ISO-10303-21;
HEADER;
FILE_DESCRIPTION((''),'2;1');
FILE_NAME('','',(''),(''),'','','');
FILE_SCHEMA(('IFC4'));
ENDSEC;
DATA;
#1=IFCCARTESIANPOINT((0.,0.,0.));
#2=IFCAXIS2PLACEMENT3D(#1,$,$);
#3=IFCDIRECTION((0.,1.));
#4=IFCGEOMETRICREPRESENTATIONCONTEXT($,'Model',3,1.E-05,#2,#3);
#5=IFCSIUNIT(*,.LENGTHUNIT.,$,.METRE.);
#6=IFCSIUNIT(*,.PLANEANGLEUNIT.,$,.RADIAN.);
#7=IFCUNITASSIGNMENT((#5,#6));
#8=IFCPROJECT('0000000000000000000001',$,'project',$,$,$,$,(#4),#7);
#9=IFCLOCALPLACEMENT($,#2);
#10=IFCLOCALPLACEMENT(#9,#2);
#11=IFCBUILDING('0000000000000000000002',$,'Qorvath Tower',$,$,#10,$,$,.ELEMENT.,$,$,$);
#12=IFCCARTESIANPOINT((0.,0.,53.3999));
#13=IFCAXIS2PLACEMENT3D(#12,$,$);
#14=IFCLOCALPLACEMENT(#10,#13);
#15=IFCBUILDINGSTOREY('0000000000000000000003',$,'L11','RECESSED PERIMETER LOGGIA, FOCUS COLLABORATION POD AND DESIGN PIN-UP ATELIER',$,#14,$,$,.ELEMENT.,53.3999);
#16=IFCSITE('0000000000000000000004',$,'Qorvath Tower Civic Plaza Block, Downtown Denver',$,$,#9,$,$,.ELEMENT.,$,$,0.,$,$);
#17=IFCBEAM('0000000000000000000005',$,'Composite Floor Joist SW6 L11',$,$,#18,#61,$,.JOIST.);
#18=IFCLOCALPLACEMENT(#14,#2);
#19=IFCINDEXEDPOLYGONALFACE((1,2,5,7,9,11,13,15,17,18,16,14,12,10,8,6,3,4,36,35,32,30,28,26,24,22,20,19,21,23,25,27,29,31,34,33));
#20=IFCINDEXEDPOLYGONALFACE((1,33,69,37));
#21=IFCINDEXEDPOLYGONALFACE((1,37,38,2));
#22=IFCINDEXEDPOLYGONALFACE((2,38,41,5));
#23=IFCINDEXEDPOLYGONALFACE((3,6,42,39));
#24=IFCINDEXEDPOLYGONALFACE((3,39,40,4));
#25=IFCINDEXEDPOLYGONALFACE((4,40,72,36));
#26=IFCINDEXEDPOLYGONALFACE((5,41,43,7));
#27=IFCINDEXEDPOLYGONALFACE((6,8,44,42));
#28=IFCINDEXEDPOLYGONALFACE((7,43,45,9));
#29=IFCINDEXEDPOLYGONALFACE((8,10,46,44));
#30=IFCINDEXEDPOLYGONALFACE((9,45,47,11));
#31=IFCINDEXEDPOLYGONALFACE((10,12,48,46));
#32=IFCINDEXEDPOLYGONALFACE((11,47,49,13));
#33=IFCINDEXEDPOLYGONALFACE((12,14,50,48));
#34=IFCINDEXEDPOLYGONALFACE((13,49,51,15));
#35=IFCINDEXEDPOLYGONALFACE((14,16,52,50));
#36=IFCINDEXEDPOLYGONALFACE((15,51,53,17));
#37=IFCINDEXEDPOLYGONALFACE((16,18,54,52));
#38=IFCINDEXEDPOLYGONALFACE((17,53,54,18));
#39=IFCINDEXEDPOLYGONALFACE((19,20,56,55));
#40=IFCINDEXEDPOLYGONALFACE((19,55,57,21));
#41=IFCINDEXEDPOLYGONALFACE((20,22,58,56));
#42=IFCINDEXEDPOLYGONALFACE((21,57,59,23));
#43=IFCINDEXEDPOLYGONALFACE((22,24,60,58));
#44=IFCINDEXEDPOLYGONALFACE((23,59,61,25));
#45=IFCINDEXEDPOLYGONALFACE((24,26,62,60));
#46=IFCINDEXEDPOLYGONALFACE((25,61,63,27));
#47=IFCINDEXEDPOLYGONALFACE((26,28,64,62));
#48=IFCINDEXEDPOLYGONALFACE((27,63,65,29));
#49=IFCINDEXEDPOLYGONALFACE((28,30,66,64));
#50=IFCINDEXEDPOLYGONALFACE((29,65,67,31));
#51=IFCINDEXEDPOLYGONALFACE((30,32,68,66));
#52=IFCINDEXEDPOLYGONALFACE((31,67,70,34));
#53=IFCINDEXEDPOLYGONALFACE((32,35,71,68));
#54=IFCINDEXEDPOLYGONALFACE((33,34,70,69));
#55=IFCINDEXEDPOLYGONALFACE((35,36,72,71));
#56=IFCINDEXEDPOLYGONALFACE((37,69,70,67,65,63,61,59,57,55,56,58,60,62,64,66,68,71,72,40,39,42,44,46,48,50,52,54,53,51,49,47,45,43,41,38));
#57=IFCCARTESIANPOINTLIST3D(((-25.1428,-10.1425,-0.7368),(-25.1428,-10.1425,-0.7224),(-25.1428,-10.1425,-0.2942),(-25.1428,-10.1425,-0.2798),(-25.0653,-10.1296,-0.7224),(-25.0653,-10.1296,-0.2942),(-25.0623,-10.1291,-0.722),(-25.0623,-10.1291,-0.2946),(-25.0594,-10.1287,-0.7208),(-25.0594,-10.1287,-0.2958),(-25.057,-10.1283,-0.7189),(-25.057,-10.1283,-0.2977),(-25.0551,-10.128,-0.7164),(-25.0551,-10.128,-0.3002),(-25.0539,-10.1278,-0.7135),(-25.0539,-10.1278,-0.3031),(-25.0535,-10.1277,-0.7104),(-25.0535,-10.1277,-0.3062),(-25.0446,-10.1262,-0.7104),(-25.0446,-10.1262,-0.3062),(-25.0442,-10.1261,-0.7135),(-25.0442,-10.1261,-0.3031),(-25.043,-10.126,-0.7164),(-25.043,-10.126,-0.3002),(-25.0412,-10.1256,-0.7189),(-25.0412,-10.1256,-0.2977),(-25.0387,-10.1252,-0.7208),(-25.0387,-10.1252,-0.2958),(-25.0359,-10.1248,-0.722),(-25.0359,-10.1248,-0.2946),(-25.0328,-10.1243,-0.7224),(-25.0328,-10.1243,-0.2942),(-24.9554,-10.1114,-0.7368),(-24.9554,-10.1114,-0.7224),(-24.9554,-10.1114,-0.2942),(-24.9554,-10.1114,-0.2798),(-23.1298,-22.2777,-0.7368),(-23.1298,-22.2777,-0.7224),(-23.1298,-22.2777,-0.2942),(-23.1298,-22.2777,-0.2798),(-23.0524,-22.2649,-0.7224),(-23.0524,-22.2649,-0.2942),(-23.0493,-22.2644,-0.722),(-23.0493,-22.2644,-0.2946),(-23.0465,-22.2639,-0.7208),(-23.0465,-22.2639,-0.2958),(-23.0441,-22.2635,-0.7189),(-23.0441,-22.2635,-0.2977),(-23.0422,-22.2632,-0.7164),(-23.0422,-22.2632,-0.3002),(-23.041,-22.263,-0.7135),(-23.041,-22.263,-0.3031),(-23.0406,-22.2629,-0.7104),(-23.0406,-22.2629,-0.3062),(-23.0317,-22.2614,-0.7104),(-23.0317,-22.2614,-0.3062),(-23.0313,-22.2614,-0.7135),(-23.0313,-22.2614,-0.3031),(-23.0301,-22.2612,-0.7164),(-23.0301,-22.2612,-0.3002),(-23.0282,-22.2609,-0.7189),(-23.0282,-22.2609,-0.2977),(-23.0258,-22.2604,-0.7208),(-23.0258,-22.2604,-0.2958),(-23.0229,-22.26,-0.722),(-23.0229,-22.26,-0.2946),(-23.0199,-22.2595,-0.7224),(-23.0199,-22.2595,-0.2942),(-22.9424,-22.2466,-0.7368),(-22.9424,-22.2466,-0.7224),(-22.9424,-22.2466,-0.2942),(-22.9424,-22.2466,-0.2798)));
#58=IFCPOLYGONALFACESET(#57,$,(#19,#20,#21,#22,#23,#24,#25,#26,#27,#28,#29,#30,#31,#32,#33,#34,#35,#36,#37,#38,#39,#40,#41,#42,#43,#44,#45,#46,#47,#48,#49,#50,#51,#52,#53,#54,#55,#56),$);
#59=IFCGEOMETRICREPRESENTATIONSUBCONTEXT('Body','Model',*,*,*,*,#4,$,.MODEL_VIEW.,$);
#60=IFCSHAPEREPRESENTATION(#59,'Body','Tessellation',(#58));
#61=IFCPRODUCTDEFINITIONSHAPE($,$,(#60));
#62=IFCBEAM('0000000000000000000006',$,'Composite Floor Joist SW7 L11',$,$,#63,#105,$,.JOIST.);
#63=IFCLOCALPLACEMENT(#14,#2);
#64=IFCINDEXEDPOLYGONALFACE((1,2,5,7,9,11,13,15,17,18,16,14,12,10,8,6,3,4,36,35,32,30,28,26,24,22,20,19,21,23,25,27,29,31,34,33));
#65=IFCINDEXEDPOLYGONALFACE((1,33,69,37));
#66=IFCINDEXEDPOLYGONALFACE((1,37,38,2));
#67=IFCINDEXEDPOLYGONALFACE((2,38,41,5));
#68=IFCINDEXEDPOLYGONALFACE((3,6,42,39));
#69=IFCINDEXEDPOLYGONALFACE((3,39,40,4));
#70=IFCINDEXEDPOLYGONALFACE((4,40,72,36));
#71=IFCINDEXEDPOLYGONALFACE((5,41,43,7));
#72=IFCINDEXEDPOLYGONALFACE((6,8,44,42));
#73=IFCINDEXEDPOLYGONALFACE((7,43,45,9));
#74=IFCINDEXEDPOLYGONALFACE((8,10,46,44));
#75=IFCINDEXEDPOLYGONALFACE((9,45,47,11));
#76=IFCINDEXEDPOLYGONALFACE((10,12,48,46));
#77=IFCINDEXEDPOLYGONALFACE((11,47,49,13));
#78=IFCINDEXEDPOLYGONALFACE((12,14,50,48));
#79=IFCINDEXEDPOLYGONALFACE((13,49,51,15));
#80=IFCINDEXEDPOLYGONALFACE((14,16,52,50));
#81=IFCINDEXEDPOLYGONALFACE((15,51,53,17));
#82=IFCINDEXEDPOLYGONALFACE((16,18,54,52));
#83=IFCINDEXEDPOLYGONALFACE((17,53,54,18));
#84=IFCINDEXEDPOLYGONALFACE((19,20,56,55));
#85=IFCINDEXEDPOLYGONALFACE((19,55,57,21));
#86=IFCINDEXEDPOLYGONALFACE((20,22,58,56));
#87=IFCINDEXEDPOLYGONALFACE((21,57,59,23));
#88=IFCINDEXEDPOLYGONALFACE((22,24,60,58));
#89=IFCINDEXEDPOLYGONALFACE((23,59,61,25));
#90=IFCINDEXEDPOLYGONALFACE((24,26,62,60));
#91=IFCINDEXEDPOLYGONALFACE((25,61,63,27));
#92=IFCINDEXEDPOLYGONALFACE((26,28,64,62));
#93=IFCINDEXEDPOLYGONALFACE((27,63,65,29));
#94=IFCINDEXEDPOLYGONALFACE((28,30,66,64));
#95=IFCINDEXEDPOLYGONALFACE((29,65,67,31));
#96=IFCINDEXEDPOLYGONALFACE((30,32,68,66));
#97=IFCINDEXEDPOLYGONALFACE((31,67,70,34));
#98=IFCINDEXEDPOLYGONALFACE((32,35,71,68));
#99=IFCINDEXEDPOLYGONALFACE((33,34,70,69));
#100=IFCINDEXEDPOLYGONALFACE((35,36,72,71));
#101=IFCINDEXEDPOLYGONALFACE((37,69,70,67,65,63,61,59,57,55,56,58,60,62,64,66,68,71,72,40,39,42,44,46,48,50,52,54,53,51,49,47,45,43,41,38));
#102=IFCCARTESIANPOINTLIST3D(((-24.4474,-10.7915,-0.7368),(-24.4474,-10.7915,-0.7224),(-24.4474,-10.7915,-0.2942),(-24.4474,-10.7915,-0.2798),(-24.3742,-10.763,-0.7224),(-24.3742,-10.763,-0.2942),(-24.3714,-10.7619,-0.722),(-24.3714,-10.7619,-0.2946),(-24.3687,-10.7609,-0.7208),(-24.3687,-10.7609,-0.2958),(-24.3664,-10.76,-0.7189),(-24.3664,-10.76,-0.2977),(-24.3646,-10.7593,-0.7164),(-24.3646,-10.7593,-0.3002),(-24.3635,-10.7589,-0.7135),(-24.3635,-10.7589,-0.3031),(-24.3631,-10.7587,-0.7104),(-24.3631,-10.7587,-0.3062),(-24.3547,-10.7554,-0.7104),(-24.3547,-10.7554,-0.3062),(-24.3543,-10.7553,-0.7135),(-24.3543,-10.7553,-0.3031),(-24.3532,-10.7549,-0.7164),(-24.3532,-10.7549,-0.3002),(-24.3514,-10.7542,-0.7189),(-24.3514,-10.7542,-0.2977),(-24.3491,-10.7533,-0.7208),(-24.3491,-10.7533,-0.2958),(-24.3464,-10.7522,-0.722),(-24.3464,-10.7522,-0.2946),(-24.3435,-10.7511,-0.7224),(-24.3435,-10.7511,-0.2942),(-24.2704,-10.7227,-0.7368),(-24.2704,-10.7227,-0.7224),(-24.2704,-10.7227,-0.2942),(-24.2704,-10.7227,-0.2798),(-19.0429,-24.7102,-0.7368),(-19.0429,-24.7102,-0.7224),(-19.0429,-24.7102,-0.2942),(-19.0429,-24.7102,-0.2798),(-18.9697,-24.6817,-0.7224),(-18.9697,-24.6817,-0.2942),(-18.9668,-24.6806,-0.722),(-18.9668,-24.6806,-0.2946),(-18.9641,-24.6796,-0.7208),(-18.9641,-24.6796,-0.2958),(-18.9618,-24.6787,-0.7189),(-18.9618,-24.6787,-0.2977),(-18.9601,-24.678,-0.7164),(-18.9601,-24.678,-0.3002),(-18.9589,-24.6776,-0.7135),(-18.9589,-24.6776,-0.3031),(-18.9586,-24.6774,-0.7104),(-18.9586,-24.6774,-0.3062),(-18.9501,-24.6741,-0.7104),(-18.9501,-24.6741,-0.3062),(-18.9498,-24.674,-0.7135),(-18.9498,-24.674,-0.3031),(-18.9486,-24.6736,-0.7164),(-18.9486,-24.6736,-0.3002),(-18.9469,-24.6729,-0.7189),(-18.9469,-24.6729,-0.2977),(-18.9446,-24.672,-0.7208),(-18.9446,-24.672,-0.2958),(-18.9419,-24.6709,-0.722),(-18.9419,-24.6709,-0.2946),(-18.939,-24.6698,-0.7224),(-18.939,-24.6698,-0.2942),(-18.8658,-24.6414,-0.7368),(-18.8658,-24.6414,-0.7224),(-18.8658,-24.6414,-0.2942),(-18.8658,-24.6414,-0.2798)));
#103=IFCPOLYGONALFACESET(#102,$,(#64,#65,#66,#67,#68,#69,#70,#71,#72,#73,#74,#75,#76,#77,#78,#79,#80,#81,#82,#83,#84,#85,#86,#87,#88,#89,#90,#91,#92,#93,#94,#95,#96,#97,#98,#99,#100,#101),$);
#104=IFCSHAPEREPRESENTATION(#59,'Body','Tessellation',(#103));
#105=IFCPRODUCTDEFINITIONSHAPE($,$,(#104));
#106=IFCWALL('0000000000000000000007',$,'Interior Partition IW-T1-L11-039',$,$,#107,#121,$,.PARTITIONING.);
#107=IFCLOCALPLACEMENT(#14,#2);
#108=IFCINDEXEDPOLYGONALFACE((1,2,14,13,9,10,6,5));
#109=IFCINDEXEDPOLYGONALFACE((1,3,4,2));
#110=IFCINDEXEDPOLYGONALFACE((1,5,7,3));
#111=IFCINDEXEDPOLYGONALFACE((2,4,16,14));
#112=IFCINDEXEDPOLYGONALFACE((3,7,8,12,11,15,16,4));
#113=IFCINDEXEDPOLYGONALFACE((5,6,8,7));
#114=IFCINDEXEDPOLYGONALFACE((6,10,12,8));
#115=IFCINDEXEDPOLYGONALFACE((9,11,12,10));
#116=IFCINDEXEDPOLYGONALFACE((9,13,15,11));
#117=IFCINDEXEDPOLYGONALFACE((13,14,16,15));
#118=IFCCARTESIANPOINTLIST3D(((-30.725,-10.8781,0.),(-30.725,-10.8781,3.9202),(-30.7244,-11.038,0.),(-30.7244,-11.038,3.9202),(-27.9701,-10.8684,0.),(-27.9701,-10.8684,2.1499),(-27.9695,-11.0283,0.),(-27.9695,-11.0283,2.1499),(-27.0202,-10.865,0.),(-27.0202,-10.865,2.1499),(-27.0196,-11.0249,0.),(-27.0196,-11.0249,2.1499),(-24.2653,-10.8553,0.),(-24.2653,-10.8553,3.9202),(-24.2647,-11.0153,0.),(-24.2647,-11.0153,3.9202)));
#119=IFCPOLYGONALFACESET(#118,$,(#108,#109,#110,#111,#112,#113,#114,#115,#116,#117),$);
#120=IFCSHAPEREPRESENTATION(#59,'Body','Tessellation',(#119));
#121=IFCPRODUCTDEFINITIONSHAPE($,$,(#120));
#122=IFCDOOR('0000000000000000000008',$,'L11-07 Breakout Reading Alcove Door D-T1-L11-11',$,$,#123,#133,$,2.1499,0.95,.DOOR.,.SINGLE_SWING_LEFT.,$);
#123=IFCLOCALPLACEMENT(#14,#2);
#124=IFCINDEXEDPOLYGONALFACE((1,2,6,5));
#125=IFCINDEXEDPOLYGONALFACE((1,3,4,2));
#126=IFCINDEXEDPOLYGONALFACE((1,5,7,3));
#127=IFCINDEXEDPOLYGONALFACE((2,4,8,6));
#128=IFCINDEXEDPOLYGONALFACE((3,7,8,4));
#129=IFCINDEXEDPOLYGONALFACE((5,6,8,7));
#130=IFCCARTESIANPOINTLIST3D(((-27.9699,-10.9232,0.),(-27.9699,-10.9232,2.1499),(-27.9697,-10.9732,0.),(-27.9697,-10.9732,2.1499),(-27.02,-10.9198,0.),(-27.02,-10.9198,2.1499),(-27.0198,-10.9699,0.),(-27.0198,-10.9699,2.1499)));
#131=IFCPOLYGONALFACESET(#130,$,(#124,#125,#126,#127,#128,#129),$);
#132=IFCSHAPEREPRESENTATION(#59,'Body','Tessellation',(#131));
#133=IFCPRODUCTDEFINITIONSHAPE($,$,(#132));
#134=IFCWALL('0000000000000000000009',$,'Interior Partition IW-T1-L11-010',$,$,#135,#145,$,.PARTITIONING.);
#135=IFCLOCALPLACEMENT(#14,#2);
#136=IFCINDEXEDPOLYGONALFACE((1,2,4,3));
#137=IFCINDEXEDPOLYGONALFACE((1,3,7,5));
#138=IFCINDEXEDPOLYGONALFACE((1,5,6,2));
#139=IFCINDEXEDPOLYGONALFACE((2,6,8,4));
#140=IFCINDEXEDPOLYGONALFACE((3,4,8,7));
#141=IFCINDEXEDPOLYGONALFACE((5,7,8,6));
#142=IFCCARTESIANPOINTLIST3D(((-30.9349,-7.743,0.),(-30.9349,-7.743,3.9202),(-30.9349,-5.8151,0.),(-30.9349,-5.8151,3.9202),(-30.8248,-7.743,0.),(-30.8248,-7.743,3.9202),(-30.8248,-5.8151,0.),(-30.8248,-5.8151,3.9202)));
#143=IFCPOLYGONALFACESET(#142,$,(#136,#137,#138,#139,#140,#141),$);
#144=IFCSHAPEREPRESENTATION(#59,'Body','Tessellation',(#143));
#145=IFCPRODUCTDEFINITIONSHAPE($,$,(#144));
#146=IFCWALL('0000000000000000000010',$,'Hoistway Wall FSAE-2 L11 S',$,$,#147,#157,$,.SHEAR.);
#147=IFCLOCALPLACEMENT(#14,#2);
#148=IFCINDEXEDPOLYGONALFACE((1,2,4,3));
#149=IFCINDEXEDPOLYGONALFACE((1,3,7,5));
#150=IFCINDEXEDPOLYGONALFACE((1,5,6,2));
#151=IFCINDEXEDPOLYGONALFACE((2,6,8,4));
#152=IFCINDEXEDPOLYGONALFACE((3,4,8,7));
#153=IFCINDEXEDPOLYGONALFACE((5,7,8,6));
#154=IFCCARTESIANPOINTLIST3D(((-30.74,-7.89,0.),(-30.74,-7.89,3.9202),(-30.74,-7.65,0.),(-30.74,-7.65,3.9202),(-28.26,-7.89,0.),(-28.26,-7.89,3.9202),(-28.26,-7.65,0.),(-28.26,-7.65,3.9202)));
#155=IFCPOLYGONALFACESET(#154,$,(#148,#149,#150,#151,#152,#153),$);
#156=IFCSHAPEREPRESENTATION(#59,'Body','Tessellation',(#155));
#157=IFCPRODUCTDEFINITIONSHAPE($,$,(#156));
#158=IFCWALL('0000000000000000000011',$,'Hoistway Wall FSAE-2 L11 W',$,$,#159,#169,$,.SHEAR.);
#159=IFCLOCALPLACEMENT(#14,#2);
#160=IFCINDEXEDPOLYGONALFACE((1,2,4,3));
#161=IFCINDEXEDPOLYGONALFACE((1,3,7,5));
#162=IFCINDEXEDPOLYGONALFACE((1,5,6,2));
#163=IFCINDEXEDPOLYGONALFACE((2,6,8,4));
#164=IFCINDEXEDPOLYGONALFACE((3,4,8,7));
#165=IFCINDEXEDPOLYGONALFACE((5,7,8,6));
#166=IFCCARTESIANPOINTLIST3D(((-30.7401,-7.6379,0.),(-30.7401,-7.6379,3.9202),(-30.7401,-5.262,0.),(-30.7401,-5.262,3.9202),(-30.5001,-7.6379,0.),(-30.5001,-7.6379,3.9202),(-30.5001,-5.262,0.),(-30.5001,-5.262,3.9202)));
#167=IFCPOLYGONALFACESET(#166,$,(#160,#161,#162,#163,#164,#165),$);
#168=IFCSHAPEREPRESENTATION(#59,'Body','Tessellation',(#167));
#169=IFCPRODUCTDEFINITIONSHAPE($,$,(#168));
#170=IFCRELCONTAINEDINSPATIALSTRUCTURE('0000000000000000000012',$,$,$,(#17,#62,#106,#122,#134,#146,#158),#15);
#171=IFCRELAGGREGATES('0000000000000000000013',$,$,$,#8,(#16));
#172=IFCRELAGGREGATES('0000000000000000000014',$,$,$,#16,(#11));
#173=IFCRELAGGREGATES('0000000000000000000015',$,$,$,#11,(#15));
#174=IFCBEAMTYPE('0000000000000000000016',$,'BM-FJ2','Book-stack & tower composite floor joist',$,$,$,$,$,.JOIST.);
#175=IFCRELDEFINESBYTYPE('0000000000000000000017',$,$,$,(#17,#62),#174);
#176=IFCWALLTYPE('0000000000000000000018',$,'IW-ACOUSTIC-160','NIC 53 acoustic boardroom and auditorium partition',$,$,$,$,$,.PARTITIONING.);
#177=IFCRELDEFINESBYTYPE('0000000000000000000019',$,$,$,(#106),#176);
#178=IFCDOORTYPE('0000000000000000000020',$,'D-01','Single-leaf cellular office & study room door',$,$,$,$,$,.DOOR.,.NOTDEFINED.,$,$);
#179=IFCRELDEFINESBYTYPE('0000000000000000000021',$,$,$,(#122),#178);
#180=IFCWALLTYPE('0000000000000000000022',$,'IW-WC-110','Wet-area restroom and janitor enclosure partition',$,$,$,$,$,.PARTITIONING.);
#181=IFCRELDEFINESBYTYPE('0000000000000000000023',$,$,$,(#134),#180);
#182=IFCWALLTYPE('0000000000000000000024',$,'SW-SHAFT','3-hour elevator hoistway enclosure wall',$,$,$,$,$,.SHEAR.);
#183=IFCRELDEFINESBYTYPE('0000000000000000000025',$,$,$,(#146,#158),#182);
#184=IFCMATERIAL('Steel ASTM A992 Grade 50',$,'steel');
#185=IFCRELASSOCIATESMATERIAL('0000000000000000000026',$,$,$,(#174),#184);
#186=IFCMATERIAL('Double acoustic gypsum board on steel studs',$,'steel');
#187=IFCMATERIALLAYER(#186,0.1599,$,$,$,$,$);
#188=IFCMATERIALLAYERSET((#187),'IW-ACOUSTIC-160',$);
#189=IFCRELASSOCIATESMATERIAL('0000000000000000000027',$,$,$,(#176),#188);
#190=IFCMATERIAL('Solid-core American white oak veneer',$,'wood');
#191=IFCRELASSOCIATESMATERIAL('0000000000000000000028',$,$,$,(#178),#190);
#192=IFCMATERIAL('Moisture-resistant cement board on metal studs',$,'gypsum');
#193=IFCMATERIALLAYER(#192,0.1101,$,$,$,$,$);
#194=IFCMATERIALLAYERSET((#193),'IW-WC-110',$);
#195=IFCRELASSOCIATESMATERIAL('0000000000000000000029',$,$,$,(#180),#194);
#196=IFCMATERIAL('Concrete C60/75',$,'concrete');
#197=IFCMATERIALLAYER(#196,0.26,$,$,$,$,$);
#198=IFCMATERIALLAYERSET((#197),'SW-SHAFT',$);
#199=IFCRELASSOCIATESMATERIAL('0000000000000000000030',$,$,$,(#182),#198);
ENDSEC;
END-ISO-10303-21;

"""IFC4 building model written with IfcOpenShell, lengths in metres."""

from ifc_helpers import new_model, si_unit, direction, frame, frame_2d, origin, origin_2d, place, context, subcontext, project, spatial, rectangle, i_section, extrude, material, layer, layer_set, material_profile, profile_set, type_object, element, fill, save


model = new_model("IFC4")

# Units and contexts
model_context = context("Model", 3, precision=1e-05, world=origin(), true_north=direction((0.0, 1.0)))
body_context = subcontext(model_context, "Body", "Model", "MODEL_VIEW")
ifc_project = project(units=[si_unit("LENGTHUNIT", "METRE"), si_unit("PLANEANGLEUNIT", "RADIAN")], contexts=[model_context])

# Site, building, storey
site_placement = place(None, origin())
site = spatial("IfcSite", under=ifc_project, at=site_placement, Name="Qorvath Tower Civic Plaza Block, Downtown Denver", CompositionType="ELEMENT", RefElevation=0.0)
building_placement = place(site_placement, origin())
building = spatial("IfcBuilding", under=site, at=building_placement, Name="Qorvath Tower", CompositionType="ELEMENT")
storey_placement = place(building_placement, frame((0.0, 0.0, 53.3999)))
storey = spatial("IfcBuildingStorey", under=building, at=storey_placement, Name="L11", Description="RECESSED PERIMETER LOGGIA, FOCUS COLLABORATION POD AND DESIGN PIN-UP ATELIER", CompositionType="ELEMENT", Elevation=53.3999)

# Beams
ifc_material_1 = material(Name="Steel ASTM A992 Grade 50", Category="steel")
ifc_material_profile = material_profile(ifc_material_1, i_section(OverallWidth=0.1899, OverallDepth=0.457, WebThickness=0.009, FlangeThickness=0.0144, FilletRadius=0.012, at=origin_2d()), Name="W18x50")
ifc_profile_set = profile_set([ifc_material_profile], Name="Steel ASTM A992 Grade 50")
beam_type = type_object("IfcBeamType", Name="BM-FJ2", Description="Book-stack & tower composite floor joist", PredefinedType="JOIST", material=ifc_profile_set)
beam_1_placement = place(storey_placement, frame((-25.0491, -10.127, -0.5083), z_axis=(0.163639, -0.98652, 0.0), x_axis=(0.98652, 0.163639, 0.0)))
element("IfcBeam", 1, at=beam_1_placement, inside=storey, type_object=beam_type, Name="Composite Floor Joist SW6 L11", PredefinedType="JOIST", context=body_context, shape_type="SweptSolid", body=[
    extrude(i_section(OverallWidth=0.1899, OverallDepth=0.457, WebThickness=0.009, FlangeThickness=0.0144, FilletRadius=0.012, at=origin_2d()), origin(), (0.0, 0.0, 1.0), 12.301),
])
beam_2_placement = place(storey_placement, frame((-24.3589, -10.7571, -0.5083), z_axis=(0.361964, -0.932192, 0.0), x_axis=(0.932192, 0.361964, 0.0)))
element("IfcBeam", 2, at=beam_2_placement, inside=storey, type_object=beam_type, Name="Composite Floor Joist SW7 L11", PredefinedType="JOIST", context=body_context, shape_type="SweptSolid", body=[
    extrude(i_section(OverallWidth=0.1899, OverallDepth=0.457, WebThickness=0.009, FlangeThickness=0.0144, FilletRadius=0.012, at=origin_2d()), origin(), (0.0, 0.0, 1.0), 14.9312),
])

# Wall, opening, door
ifc_material_2 = material(Name="Double acoustic gypsum board on steel studs", Category="steel")
ifc_layer_1 = layer(ifc_material_2, 0.1599)
ifc_layer_set_1 = layer_set([ifc_layer_1], Name="IW-ACOUSTIC-160")
wall_type_1 = type_object("IfcWallType", Name="IW-ACOUSTIC-160", Description="NIC 53 acoustic boardroom and auditorium partition", PredefinedType="PARTITIONING", material=ifc_layer_set_1)
wall_1_placement = place(storey_placement, frame((-24.2649, -10.9353, 0.0), z_axis=(0.0, 0.0, 1.0), x_axis=(-0.999994, -0.003515, 0.0)))
wall_1 = element("IfcWall", 3, at=wall_1_placement, inside=storey, type_object=wall_type_1, Name="Interior Partition IW-T1-L11-039", PredefinedType="PARTITIONING", context=body_context, shape_type="SweptSolid", body=[
    extrude(rectangle(XDim=6.4597, YDim=0.1599, at=frame_2d((3.23, 0.0))), origin(), (0.0, 0.0, 1.0), 3.9202),
])
opening_1_placement = place(wall_1_placement, frame((2.7549, 0.0, 0.0)))
opening_1 = element("IfcOpeningElement", 4, at=opening_1_placement, cuts=wall_1, PredefinedType="OPENING", context=body_context, shape_type="SweptSolid", body=[
    extrude(rectangle(XDim=0.95, YDim=2.1499, at=frame_2d((0.4751, 1.075))), frame((0.0, 0.0898, 0.0), z_axis=(0.0, -1.0, 0.0), x_axis=(1.0, 0.0, 0.0)), (0.0, 0.0, 1.0), 0.1799),
])
ifc_material_3 = material(Name="Solid-core American white oak veneer", Category="wood")
door_type_1 = type_object("IfcDoorType", Name="D-01", Description="Single-leaf cellular office & study room door", OperationType="NOTDEFINED", PredefinedType="DOOR", material=ifc_material_3)
door_1_placement = place(opening_1_placement, origin())
door_1 = element("IfcDoor", 5, at=door_1_placement, inside=storey, type_object=door_type_1, Name="L11-07 Breakout Reading Alcove Door D-T1-L11-11", OperationType="SINGLE_SWING_LEFT", OverallHeight=2.1499, OverallWidth=0.95, PredefinedType="DOOR", context=body_context, shape_type="SweptSolid", body=[
    extrude(rectangle(XDim=0.95, YDim=2.1499, at=frame_2d((0.4751, 1.075))), frame((0.0, 0.0249, 0.0), z_axis=(0.0, -1.0, 0.0), x_axis=(1.0, 0.0, 0.0)), (0.0, 0.0, 1.0), 0.05),
])
fill(opening_1, door_1)

# Walls
ifc_material_4 = material(Name="Moisture-resistant cement board on metal studs", Category="gypsum")
ifc_layer_2 = layer(ifc_material_4, 0.1101)
ifc_layer_set_2 = layer_set([ifc_layer_2], Name="IW-WC-110")
wall_type_2 = type_object("IfcWallType", Name="IW-WC-110", Description="Wet-area restroom and janitor enclosure partition", PredefinedType="PARTITIONING", material=ifc_layer_set_2)
wall_2_placement = place(storey_placement, frame((-30.8799, -7.7429, 0.0), z_axis=(0.0, 0.0, 1.0), x_axis=(0.0, 1.0, 0.0)))
element("IfcWall", 6, at=wall_2_placement, inside=storey, type_object=wall_type_2, Name="Interior Partition IW-T1-L11-010", PredefinedType="PARTITIONING", context=body_context, shape_type="SweptSolid", body=[
    extrude(rectangle(XDim=1.928, YDim=0.1101, at=frame_2d((0.9639, 0.0))), origin(), (0.0, 0.0, 1.0), 3.9202),
])
ifc_material_5 = material(Name="Concrete C60/75", Category="concrete")
ifc_layer_3 = layer(ifc_material_5, 0.26)
ifc_layer_set_3 = layer_set([ifc_layer_3], Name="SW-SHAFT")
wall_type_3 = type_object("IfcWallType", Name="SW-SHAFT", Description="3-hour elevator hoistway enclosure wall", PredefinedType="SHEAR", material=ifc_layer_set_3)
wall_3_placement = place(storey_placement, frame((-28.26, -7.77, 0.0), z_axis=(0.0, 0.0, 1.0), x_axis=(-1.0, 0.0, 0.0)))
element("IfcWall", 7, at=wall_3_placement, inside=storey, type_object=wall_type_3, Name="Hoistway Wall FSAE-2 L11 S", PredefinedType="SHEAR", context=body_context, shape_type="SweptSolid", body=[
    extrude(rectangle(XDim=2.48, YDim=0.24, at=frame_2d((1.24, 0.0))), origin(), (0.0, 0.0, 1.0), 3.9202),
])
wall_4_placement = place(storey_placement, frame((-30.6201, -7.6379, 0.0), z_axis=(0.0, 0.0, 1.0), x_axis=(0.0, 1.0, 0.0)))
element("IfcWall", 8, at=wall_4_placement, inside=storey, type_object=wall_type_3, Name="Hoistway Wall FSAE-2 L11 W", PredefinedType="SHEAR", context=body_context, shape_type="SweptSolid", body=[
    extrude(rectangle(XDim=2.376, YDim=0.24, at=frame_2d((1.188, 0.0))), origin(), (0.0, 0.0, 1.0), 3.9202),
])

save(model, "model.ifc")
